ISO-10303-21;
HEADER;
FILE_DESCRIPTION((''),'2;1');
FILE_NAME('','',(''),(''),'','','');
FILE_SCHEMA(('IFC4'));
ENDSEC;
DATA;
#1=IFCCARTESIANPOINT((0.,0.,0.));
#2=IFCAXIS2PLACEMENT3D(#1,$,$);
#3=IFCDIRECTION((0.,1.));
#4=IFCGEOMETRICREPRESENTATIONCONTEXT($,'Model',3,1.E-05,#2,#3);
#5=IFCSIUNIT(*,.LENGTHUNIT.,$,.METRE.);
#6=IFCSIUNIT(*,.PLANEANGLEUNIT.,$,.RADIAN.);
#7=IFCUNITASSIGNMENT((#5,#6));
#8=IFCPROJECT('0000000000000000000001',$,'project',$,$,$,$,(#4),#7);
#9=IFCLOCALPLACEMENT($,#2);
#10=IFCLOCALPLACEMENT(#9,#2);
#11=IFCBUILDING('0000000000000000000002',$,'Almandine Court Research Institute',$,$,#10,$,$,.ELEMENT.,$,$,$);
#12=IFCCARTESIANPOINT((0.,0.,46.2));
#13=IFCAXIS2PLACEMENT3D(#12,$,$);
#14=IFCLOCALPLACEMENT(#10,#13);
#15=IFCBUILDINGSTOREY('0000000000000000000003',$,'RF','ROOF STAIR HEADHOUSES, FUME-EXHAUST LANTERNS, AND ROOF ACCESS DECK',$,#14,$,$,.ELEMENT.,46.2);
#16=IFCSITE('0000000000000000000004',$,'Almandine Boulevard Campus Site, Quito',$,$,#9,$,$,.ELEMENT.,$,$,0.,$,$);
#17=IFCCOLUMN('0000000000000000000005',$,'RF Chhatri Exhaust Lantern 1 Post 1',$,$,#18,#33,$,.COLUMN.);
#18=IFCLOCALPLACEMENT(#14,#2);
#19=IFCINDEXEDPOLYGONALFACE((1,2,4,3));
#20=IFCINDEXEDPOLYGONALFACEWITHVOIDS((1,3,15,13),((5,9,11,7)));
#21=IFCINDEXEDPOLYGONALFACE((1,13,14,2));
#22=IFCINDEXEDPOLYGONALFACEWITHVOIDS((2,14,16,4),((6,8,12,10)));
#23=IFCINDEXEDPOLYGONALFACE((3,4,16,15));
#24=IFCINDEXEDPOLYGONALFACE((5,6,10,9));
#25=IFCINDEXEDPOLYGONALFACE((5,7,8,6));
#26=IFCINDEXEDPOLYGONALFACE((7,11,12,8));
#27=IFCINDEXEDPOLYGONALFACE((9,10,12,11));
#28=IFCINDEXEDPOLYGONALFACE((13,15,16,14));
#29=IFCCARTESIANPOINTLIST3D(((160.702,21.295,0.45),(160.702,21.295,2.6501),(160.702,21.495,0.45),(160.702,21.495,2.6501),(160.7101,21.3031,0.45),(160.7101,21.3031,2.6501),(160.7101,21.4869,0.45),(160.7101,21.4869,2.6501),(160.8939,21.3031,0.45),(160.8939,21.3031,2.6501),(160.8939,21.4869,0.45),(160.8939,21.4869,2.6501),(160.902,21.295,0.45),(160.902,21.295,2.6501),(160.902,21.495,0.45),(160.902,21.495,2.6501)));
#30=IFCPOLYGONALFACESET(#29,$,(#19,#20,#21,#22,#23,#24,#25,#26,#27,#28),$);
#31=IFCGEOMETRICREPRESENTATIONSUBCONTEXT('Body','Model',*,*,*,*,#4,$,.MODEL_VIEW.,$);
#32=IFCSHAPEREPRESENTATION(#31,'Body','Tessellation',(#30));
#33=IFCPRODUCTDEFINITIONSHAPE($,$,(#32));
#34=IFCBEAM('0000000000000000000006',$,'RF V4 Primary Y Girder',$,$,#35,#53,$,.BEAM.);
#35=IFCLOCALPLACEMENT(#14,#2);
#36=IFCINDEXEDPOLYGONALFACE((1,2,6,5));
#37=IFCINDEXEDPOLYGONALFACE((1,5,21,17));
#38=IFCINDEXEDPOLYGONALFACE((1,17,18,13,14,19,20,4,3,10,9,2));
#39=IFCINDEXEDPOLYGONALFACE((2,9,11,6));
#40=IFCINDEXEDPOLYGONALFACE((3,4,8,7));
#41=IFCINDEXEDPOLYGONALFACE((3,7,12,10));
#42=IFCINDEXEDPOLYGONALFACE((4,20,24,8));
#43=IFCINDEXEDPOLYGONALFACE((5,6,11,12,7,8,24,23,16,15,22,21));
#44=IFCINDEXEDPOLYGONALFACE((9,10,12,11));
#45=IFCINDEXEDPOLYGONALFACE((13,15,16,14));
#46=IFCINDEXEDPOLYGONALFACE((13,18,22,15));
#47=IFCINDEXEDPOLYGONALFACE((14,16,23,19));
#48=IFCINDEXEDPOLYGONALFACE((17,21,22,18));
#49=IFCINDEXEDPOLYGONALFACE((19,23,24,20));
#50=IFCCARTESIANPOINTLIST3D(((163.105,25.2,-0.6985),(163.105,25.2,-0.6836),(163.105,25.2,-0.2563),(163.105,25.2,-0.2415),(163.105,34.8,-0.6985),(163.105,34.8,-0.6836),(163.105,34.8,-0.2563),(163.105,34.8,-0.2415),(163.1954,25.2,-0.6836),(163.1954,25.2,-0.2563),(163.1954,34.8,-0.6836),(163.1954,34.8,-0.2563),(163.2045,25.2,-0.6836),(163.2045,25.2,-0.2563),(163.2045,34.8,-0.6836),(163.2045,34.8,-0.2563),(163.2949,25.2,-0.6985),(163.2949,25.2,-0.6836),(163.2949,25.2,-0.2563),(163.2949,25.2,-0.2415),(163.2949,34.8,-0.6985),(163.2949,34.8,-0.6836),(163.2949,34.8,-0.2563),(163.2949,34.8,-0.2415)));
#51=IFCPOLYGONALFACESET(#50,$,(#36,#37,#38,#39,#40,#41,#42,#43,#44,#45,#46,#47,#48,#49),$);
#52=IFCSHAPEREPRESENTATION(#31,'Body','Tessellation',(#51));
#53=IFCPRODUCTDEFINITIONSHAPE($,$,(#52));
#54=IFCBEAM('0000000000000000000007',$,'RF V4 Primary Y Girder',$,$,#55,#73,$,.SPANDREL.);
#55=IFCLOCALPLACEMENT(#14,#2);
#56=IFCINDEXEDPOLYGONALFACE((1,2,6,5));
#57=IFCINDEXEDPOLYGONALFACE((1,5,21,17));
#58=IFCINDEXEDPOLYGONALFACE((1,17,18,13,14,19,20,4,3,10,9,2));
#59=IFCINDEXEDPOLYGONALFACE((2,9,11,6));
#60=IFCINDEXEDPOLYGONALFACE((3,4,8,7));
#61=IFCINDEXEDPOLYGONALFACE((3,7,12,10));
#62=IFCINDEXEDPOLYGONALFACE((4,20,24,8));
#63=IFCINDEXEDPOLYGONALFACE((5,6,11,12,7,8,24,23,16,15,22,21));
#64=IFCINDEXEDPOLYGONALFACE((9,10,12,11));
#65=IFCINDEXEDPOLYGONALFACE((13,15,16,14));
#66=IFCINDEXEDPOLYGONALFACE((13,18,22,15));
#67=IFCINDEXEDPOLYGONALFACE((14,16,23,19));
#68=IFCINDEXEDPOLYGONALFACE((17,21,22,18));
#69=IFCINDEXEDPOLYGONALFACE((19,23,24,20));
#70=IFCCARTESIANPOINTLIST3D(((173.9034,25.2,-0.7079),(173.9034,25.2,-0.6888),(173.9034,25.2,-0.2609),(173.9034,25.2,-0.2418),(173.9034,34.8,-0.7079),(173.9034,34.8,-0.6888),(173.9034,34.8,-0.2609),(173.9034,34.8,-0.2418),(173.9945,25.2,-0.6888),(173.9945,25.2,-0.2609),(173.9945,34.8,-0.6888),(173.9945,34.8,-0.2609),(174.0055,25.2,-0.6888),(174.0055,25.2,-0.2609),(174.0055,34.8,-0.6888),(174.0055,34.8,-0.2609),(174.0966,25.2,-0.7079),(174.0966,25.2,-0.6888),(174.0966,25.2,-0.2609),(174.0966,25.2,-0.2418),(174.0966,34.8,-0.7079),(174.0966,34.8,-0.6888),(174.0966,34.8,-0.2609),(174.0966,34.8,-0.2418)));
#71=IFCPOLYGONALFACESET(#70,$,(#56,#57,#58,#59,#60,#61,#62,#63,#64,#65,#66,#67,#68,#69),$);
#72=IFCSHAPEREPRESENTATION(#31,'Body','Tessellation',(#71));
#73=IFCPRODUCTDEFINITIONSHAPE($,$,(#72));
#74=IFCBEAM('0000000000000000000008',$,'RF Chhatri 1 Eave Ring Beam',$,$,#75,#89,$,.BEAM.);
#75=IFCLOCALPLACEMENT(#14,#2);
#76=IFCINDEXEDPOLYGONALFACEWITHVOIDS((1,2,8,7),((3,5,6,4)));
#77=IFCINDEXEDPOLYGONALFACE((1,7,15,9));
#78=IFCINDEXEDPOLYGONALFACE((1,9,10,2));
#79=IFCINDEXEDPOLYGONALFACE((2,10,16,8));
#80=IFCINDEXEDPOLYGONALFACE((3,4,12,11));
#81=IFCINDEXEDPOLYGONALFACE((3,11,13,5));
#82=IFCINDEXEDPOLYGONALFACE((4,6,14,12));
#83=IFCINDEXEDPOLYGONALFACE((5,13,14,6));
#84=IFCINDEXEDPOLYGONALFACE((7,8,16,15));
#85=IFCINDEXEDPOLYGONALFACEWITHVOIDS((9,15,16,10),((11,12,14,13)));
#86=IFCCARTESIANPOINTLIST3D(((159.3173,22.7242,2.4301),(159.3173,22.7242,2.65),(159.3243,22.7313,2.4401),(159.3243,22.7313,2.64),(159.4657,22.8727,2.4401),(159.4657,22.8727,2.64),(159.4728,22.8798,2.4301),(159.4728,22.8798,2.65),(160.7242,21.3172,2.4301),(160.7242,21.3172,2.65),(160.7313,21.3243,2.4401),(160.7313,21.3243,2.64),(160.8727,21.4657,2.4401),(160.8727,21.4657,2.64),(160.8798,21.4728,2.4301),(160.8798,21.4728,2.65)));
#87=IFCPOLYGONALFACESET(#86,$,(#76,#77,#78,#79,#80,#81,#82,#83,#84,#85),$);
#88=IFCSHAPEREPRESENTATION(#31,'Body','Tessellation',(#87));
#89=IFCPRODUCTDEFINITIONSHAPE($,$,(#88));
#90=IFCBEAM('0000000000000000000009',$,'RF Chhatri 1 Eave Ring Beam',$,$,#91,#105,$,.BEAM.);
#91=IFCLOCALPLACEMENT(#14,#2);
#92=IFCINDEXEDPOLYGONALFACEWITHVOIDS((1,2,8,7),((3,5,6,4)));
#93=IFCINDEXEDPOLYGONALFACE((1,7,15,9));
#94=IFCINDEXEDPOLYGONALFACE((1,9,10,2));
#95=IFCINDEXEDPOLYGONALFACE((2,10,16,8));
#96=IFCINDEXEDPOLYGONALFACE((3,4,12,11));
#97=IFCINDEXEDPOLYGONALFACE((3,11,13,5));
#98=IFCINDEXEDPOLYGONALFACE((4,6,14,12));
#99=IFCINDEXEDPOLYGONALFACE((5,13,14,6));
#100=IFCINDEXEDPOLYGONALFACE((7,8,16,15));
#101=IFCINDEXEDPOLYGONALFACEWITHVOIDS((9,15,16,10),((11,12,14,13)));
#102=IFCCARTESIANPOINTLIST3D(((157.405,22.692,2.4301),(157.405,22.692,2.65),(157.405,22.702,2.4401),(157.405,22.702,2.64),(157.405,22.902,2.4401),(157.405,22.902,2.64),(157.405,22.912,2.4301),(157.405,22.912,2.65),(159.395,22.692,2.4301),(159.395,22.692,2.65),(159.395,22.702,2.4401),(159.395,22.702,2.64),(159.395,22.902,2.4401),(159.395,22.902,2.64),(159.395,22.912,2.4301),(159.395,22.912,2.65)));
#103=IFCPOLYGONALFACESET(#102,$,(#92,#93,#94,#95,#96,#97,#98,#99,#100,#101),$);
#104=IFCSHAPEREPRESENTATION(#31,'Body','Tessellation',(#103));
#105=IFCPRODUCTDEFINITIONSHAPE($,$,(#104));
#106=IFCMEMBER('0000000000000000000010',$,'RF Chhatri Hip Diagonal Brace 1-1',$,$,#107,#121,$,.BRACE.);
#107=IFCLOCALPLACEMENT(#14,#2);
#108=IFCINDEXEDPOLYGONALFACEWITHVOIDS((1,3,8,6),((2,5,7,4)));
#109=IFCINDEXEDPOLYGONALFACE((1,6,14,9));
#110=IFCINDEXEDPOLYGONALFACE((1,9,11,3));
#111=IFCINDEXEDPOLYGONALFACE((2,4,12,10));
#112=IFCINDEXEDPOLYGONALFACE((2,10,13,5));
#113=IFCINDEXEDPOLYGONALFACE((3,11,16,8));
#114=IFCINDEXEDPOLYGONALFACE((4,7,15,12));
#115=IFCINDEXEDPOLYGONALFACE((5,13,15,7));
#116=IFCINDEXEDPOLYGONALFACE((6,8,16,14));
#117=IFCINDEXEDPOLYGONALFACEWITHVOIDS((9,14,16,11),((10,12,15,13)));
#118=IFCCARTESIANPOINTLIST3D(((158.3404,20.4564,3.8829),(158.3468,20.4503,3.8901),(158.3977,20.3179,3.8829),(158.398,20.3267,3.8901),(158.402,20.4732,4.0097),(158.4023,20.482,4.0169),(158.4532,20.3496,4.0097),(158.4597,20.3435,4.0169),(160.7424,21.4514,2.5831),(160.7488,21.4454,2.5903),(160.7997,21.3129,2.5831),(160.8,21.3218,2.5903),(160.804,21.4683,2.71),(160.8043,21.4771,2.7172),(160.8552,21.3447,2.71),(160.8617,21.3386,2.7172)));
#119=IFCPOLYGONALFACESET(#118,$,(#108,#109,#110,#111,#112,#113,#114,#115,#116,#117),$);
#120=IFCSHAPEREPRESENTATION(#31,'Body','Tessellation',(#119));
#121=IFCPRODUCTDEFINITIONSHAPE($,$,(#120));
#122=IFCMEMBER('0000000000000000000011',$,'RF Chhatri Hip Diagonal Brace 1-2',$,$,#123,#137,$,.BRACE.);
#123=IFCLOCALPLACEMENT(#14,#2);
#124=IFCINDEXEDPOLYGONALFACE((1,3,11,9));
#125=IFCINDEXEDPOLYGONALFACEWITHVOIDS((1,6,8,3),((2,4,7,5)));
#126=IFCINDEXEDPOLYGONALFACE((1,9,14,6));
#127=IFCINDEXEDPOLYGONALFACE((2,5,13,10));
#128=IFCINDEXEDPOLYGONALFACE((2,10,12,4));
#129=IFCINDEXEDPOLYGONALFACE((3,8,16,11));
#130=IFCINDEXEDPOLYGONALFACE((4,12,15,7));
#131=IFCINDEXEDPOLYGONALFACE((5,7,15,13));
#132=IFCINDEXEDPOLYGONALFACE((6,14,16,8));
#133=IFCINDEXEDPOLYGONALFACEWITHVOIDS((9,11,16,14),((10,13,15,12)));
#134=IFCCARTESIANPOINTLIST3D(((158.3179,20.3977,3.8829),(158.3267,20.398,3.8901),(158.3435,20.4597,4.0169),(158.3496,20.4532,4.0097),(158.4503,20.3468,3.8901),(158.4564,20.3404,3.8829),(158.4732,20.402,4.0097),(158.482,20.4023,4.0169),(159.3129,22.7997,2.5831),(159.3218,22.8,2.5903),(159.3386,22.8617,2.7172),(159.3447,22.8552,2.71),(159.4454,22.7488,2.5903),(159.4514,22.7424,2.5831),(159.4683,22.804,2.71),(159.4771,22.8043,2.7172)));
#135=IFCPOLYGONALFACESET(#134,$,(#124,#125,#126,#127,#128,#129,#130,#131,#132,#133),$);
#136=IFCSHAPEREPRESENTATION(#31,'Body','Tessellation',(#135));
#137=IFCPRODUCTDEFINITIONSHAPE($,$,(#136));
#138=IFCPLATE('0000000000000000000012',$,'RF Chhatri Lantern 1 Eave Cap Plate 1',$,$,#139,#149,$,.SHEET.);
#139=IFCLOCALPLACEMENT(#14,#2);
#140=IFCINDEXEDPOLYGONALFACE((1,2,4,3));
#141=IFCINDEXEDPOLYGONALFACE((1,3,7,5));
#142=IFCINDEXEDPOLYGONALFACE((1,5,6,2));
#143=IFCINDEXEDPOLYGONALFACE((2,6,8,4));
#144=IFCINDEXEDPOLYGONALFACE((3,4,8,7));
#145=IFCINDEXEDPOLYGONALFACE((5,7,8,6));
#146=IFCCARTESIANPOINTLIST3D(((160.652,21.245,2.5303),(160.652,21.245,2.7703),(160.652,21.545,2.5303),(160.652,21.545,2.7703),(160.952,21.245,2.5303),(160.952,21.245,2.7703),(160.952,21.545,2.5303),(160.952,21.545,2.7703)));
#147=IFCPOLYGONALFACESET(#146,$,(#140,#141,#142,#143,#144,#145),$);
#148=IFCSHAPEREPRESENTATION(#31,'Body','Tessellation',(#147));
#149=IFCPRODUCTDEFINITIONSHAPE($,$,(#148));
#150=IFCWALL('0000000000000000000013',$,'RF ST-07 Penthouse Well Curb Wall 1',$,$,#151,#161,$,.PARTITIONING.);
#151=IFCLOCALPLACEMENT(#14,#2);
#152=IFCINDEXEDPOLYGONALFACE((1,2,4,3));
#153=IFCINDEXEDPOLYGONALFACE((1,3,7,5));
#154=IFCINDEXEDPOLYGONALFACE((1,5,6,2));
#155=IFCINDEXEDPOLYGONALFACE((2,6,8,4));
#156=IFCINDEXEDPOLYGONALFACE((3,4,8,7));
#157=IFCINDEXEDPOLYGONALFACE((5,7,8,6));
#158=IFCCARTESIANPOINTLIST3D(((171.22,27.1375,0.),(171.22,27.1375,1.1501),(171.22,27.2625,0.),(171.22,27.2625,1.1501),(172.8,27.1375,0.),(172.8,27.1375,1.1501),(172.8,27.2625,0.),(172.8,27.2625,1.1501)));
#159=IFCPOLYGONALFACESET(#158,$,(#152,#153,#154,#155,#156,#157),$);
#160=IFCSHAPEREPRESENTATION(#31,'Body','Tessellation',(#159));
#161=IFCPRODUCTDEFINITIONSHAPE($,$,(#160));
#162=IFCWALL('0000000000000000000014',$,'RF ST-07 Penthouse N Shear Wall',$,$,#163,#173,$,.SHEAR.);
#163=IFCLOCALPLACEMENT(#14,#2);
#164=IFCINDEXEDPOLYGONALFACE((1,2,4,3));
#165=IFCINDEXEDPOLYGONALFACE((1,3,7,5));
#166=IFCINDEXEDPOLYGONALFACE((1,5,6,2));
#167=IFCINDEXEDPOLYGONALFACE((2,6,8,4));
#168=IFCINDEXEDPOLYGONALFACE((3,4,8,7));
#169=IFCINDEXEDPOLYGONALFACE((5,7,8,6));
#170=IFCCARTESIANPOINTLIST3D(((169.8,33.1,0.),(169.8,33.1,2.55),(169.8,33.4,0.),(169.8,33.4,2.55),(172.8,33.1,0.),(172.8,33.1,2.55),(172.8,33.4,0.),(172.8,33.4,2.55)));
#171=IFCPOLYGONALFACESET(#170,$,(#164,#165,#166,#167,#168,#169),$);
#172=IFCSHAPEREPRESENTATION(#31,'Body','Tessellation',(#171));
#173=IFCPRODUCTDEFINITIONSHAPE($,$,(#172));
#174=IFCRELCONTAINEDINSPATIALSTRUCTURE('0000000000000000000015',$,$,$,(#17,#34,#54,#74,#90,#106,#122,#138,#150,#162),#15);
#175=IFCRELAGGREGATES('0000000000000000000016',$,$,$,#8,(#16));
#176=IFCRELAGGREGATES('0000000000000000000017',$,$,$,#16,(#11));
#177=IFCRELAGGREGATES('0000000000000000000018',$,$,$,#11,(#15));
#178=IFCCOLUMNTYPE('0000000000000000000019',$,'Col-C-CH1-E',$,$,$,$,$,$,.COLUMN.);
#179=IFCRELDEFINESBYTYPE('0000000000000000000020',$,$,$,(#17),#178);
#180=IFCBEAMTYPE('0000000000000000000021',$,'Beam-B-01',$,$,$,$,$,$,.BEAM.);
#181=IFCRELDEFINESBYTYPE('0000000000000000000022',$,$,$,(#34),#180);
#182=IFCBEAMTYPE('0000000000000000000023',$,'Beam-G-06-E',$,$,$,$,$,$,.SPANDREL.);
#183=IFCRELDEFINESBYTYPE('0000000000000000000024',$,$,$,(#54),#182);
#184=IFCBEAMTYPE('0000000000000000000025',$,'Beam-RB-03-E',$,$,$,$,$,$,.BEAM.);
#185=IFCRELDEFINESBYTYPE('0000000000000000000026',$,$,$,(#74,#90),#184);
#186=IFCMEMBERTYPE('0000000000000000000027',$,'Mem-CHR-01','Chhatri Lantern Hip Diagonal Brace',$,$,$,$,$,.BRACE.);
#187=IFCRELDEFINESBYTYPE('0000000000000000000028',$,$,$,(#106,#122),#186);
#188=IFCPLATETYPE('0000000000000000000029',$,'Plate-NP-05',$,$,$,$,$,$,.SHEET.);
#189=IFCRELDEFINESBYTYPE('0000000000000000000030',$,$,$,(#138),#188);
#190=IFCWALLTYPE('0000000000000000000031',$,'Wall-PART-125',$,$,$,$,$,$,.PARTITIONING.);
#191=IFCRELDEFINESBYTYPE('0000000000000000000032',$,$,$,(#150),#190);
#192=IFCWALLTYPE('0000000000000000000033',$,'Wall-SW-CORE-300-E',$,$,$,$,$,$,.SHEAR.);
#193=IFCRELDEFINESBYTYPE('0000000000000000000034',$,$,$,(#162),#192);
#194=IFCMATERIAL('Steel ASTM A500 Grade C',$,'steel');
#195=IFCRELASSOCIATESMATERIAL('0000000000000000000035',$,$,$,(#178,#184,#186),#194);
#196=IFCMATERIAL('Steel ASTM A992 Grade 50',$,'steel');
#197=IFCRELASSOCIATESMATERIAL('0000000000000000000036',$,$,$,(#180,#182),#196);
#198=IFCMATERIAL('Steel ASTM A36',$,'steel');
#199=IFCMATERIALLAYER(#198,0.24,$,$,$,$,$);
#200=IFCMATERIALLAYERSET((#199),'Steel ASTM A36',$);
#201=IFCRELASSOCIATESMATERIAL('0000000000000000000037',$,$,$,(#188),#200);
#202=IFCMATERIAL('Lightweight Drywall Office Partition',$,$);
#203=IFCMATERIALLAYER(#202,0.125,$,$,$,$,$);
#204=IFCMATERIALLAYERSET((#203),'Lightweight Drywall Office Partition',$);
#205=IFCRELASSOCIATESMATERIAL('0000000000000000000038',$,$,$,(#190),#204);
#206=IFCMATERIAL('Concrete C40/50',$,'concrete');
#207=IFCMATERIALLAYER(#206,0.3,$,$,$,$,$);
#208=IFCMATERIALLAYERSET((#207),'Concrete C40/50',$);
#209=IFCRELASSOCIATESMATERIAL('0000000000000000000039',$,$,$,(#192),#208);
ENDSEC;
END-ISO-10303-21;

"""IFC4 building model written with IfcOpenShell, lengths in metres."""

from ifc_helpers import new_model, si_unit, direction, frame, frame_2d, origin, origin_2d, place, context, subcontext, project, spatial, rectangle, hollow_rectangle, i_section, extrude, material, layer, layer_set, material_profile, profile_set, type_object, element, save


model = new_model("IFC4")

# Units and contexts
model_context = context("Model", 3, precision=1e-05, world=origin(), true_north=direction((0.0, 1.0)))
body_context = subcontext(model_context, "Body", "Model", "MODEL_VIEW")
ifc_project = project(units=[si_unit("LENGTHUNIT", "METRE"), si_unit("PLANEANGLEUNIT", "RADIAN")], contexts=[model_context])

# Site, building, storey
site_placement = place(None, origin())
site = spatial("IfcSite", under=ifc_project, at=site_placement, Name="Almandine Boulevard Campus Site, Quito", CompositionType="ELEMENT", RefElevation=0.0)
building_placement = place(site_placement, origin())
building = spatial("IfcBuilding", under=site, at=building_placement, Name="Almandine Court Research Institute", CompositionType="ELEMENT")
storey_placement = place(building_placement, frame((0.0, 0.0, 46.2)))
storey = spatial("IfcBuildingStorey", under=building, at=storey_placement, Name="RF", Description="ROOF STAIR HEADHOUSES, FUME-EXHAUST LANTERNS, AND ROOF ACCESS DECK", CompositionType="ELEMENT", Elevation=46.2)

# Column
ifc_material_1 = material(Name="Steel ASTM A500 Grade C", Category="steel")
ifc_material_profile_1 = material_profile(ifc_material_1, hollow_rectangle(XDim=0.2, YDim=0.2, WallThickness=0.0081, at=origin_2d()), Name="HSS 200x200x8")
ifc_profile_set_1 = profile_set([ifc_material_profile_1], Name="Steel ASTM A500 Grade C")
column_type = type_object("IfcColumnType", Name="Col-C-CH1-E", PredefinedType="COLUMN", material=ifc_profile_set_1)
column_placement = place(storey_placement, frame((160.802, 21.395, 0.45), z_axis=(0.0, 0.0, 1.0), x_axis=(1.0, 0.0, 0.0)))
element("IfcColumn", 1, at=column_placement, inside=storey, type_object=column_type, Name="RF Chhatri Exhaust Lantern 1 Post 1", PredefinedType="COLUMN", context=body_context, shape_type="SweptSolid", body=[
    extrude(hollow_rectangle(XDim=0.2, YDim=0.2, WallThickness=0.0081, at=origin_2d()), origin(), (0.0, 0.0, 1.0), 2.2002),
])

# Beams
ifc_material_2 = material(Name="Steel ASTM A992 Grade 50", Category="steel")
ifc_material_profile_2 = material_profile(ifc_material_2, i_section(OverallWidth=0.1899, OverallDepth=0.457, WebThickness=0.009, FlangeThickness=0.0149, at=origin_2d()), Name="W460x74")
ifc_profile_set_2 = profile_set([ifc_material_profile_2], Name="Steel ASTM A992 Grade 50")
beam_type_1 = type_object("IfcBeamType", Name="Beam-B-01", PredefinedType="BEAM", material=ifc_profile_set_2)
beam_1_placement = place(storey_placement, frame((163.2, 25.2, -0.47), z_axis=(0.0, 1.0, 0.0), x_axis=(-1.0, 0.0, 0.0)))
element("IfcBeam", 2, at=beam_1_placement, inside=storey, type_object=beam_type_1, Name="RF V4 Primary Y Girder", PredefinedType="BEAM", context=body_context, shape_type="SweptSolid", body=[
    extrude(i_section(OverallWidth=0.1899, OverallDepth=0.457, WebThickness=0.009, FlangeThickness=0.0149, at=origin_2d()), origin(), (0.0, 0.0, 1.0), 9.6001),
])
ifc_material_profile_3 = material_profile(ifc_material_2, i_section(OverallWidth=0.1931, OverallDepth=0.4661, WebThickness=0.011, FlangeThickness=0.019, at=origin_2d()), Name="W460x97")
ifc_profile_set_3 = profile_set([ifc_material_profile_3], Name="Steel ASTM A992 Grade 50")
beam_type_2 = type_object("IfcBeamType", Name="Beam-G-06-E", PredefinedType="SPANDREL", material=ifc_profile_set_3)
beam_2_placement = place(storey_placement, frame((174.0, 25.2, -0.4749), z_axis=(0.0, 1.0, 0.0), x_axis=(-1.0, 0.0, 0.0)))
element("IfcBeam", 3, at=beam_2_placement, inside=storey, type_object=beam_type_2, Name="RF V4 Primary Y Girder", PredefinedType="SPANDREL", context=body_context, shape_type="SweptSolid", body=[
    extrude(i_section(OverallWidth=0.1931, OverallDepth=0.4661, WebThickness=0.011, FlangeThickness=0.019, at=origin_2d()), origin(), (0.0, 0.0, 1.0), 9.6001),
])
ifc_material_profile_4 = material_profile(ifc_material_1, hollow_rectangle(XDim=0.22, YDim=0.22, WallThickness=0.01, at=origin_2d()), Name="HSS 220x220x10")
ifc_profile_set_4 = profile_set([ifc_material_profile_4], Name="Steel ASTM A500 Grade C")
beam_type_3 = type_object("IfcBeamType", Name="Beam-RB-03-E", PredefinedType="BEAM", material=ifc_profile_set_4)
beam_3_placement = place(storey_placement, frame((160.802, 21.395, 2.54), z_axis=(-0.707107, 0.707107, 0.0), x_axis=(-0.707107, -0.707107, 0.0)))
element("IfcBeam", 4, at=beam_3_placement, inside=storey, type_object=beam_type_3, Name="RF Chhatri 1 Eave Ring Beam", PredefinedType="BEAM", context=body_context, shape_type="SweptSolid", body=[
    extrude(hollow_rectangle(XDim=0.22, YDim=0.22, WallThickness=0.01, at=origin_2d()), origin(), (0.0, 0.0, 1.0), 1.9897),
])
beam_4_placement = place(storey_placement, frame((159.395, 22.802, 2.54), z_axis=(-1.0, 0.0, 0.0), x_axis=(0.0, -1.0, 0.0)))
element("IfcBeam", 5, at=beam_4_placement, inside=storey, type_object=beam_type_3, Name="RF Chhatri 1 Eave Ring Beam", PredefinedType="BEAM", context=body_context, shape_type="SweptSolid", body=[
    extrude(hollow_rectangle(XDim=0.22, YDim=0.22, WallThickness=0.01, at=origin_2d()), origin(), (0.0, 0.0, 1.0), 1.99),
])

# Members
ifc_material_profile_5 = material_profile(ifc_material_1, hollow_rectangle(XDim=0.1499, YDim=0.1499, WallThickness=0.0081, at=origin_2d()), Name="HSS 150x150x8")
ifc_profile_set_5 = profile_set([ifc_material_profile_5], Name="Steel ASTM A500 Grade C")
member_type = type_object("IfcMemberType", Name="Mem-CHR-01", Description="Chhatri Lantern Hip Diagonal Brace", PredefinedType="BRACE", material=ifc_profile_set_5)
for number, where, z_axis, x_axis, name in (
    (6, (160.802, 21.395, 2.6501), (-0.826356, -0.342334, 0.447151), (0.382728, -0.923861, 0.0), "RF Chhatri Hip Diagonal Brace 1-1"),
    (7, (159.395, 22.802, 2.6501), (-0.342334, -0.826356, 0.447151), (0.923861, -0.382728, 0.0), "RF Chhatri Hip Diagonal Brace 1-2"),
):
    element("IfcMember", number, at=place(storey_placement, frame(where, z_axis=z_axis, x_axis=x_axis)), inside=storey, type_object=member_type, Name=name, PredefinedType="BRACE", context=body_context, shape_type="SweptSolid", body=[
        extrude(hollow_rectangle(XDim=0.1499, YDim=0.1499, WallThickness=0.0081, at=origin_2d()), origin(), (0.0, 0.0, 1.0), 2.9067),
    ])

# Plate
ifc_material_3 = material(Name="Steel ASTM A36", Category="steel")
ifc_layer_1 = layer(ifc_material_3, 0.24)
ifc_layer_set_1 = layer_set([ifc_layer_1], Name="Steel ASTM A36")
plate_type = type_object("IfcPlateType", Name="Plate-NP-05", PredefinedType="SHEET", material=ifc_layer_set_1)
plate_placement = place(storey_placement, frame((160.802, 21.395, 2.5303), z_axis=(0.0, 0.0, 1.0), x_axis=(1.0, 0.0, 0.0)))
element("IfcPlate", 8, at=plate_placement, inside=storey, type_object=plate_type, Name="RF Chhatri Lantern 1 Eave Cap Plate 1", PredefinedType="SHEET", context=body_context, shape_type="SweptSolid", body=[
    extrude(rectangle(XDim=0.3, YDim=0.3, at=origin_2d()), origin(), (0.0, 0.0, 1.0), 0.24),
])

# Wall
ifc_material_4 = material(Name="Lightweight Drywall Office Partition")
ifc_layer_2 = layer(ifc_material_4, 0.125)
ifc_layer_set_2 = layer_set([ifc_layer_2], Name="Lightweight Drywall Office Partition")
wall_type_1 = type_object("IfcWallType", Name="Wall-PART-125", PredefinedType="PARTITIONING", material=ifc_layer_set_2)
wall_1_placement = place(storey_placement, frame((172.8, 27.2, 0.0), z_axis=(0.0, 0.0, 1.0), x_axis=(-1.0, 0.0, 0.0)))
element("IfcWall", 9, at=wall_1_placement, inside=storey, type_object=wall_type_1, Name="RF ST-07 Penthouse Well Curb Wall 1", PredefinedType="PARTITIONING", context=body_context, shape_type="SweptSolid", body=[
    extrude(rectangle(XDim=1.5801, YDim=0.125, at=frame_2d((0.79, 0.0))), origin(), (0.0, 0.0, 1.0), 1.1501),
])

# Shared definitions
ifc_material_5 = material(Name="Concrete C40/50", Category="concrete")
ifc_layer_3 = layer(ifc_material_5, 0.3)
ifc_layer_set_3 = layer_set([ifc_layer_3], Name="Concrete C40/50")
wall_type_2 = type_object("IfcWallType", Name="Wall-SW-CORE-300-E", PredefinedType="SHEAR", material=ifc_layer_set_3)

# Wall
wall_2_placement = place(storey_placement, frame((169.8, 33.25, 0.0), z_axis=(0.0, 0.0, 1.0), x_axis=(1.0, 0.0, 0.0)))
element("IfcWall", 10, at=wall_2_placement, inside=storey, type_object=wall_type_2, Name="RF ST-07 Penthouse N Shear Wall", PredefinedType="SHEAR", context=body_context, shape_type="SweptSolid", body=[
    extrude(rectangle(XDim=3.0, YDim=0.3, at=frame_2d((1.5, 0.0))), origin(), (0.0, 0.0, 1.0), 2.55),
])

save(model, "model.ifc")
